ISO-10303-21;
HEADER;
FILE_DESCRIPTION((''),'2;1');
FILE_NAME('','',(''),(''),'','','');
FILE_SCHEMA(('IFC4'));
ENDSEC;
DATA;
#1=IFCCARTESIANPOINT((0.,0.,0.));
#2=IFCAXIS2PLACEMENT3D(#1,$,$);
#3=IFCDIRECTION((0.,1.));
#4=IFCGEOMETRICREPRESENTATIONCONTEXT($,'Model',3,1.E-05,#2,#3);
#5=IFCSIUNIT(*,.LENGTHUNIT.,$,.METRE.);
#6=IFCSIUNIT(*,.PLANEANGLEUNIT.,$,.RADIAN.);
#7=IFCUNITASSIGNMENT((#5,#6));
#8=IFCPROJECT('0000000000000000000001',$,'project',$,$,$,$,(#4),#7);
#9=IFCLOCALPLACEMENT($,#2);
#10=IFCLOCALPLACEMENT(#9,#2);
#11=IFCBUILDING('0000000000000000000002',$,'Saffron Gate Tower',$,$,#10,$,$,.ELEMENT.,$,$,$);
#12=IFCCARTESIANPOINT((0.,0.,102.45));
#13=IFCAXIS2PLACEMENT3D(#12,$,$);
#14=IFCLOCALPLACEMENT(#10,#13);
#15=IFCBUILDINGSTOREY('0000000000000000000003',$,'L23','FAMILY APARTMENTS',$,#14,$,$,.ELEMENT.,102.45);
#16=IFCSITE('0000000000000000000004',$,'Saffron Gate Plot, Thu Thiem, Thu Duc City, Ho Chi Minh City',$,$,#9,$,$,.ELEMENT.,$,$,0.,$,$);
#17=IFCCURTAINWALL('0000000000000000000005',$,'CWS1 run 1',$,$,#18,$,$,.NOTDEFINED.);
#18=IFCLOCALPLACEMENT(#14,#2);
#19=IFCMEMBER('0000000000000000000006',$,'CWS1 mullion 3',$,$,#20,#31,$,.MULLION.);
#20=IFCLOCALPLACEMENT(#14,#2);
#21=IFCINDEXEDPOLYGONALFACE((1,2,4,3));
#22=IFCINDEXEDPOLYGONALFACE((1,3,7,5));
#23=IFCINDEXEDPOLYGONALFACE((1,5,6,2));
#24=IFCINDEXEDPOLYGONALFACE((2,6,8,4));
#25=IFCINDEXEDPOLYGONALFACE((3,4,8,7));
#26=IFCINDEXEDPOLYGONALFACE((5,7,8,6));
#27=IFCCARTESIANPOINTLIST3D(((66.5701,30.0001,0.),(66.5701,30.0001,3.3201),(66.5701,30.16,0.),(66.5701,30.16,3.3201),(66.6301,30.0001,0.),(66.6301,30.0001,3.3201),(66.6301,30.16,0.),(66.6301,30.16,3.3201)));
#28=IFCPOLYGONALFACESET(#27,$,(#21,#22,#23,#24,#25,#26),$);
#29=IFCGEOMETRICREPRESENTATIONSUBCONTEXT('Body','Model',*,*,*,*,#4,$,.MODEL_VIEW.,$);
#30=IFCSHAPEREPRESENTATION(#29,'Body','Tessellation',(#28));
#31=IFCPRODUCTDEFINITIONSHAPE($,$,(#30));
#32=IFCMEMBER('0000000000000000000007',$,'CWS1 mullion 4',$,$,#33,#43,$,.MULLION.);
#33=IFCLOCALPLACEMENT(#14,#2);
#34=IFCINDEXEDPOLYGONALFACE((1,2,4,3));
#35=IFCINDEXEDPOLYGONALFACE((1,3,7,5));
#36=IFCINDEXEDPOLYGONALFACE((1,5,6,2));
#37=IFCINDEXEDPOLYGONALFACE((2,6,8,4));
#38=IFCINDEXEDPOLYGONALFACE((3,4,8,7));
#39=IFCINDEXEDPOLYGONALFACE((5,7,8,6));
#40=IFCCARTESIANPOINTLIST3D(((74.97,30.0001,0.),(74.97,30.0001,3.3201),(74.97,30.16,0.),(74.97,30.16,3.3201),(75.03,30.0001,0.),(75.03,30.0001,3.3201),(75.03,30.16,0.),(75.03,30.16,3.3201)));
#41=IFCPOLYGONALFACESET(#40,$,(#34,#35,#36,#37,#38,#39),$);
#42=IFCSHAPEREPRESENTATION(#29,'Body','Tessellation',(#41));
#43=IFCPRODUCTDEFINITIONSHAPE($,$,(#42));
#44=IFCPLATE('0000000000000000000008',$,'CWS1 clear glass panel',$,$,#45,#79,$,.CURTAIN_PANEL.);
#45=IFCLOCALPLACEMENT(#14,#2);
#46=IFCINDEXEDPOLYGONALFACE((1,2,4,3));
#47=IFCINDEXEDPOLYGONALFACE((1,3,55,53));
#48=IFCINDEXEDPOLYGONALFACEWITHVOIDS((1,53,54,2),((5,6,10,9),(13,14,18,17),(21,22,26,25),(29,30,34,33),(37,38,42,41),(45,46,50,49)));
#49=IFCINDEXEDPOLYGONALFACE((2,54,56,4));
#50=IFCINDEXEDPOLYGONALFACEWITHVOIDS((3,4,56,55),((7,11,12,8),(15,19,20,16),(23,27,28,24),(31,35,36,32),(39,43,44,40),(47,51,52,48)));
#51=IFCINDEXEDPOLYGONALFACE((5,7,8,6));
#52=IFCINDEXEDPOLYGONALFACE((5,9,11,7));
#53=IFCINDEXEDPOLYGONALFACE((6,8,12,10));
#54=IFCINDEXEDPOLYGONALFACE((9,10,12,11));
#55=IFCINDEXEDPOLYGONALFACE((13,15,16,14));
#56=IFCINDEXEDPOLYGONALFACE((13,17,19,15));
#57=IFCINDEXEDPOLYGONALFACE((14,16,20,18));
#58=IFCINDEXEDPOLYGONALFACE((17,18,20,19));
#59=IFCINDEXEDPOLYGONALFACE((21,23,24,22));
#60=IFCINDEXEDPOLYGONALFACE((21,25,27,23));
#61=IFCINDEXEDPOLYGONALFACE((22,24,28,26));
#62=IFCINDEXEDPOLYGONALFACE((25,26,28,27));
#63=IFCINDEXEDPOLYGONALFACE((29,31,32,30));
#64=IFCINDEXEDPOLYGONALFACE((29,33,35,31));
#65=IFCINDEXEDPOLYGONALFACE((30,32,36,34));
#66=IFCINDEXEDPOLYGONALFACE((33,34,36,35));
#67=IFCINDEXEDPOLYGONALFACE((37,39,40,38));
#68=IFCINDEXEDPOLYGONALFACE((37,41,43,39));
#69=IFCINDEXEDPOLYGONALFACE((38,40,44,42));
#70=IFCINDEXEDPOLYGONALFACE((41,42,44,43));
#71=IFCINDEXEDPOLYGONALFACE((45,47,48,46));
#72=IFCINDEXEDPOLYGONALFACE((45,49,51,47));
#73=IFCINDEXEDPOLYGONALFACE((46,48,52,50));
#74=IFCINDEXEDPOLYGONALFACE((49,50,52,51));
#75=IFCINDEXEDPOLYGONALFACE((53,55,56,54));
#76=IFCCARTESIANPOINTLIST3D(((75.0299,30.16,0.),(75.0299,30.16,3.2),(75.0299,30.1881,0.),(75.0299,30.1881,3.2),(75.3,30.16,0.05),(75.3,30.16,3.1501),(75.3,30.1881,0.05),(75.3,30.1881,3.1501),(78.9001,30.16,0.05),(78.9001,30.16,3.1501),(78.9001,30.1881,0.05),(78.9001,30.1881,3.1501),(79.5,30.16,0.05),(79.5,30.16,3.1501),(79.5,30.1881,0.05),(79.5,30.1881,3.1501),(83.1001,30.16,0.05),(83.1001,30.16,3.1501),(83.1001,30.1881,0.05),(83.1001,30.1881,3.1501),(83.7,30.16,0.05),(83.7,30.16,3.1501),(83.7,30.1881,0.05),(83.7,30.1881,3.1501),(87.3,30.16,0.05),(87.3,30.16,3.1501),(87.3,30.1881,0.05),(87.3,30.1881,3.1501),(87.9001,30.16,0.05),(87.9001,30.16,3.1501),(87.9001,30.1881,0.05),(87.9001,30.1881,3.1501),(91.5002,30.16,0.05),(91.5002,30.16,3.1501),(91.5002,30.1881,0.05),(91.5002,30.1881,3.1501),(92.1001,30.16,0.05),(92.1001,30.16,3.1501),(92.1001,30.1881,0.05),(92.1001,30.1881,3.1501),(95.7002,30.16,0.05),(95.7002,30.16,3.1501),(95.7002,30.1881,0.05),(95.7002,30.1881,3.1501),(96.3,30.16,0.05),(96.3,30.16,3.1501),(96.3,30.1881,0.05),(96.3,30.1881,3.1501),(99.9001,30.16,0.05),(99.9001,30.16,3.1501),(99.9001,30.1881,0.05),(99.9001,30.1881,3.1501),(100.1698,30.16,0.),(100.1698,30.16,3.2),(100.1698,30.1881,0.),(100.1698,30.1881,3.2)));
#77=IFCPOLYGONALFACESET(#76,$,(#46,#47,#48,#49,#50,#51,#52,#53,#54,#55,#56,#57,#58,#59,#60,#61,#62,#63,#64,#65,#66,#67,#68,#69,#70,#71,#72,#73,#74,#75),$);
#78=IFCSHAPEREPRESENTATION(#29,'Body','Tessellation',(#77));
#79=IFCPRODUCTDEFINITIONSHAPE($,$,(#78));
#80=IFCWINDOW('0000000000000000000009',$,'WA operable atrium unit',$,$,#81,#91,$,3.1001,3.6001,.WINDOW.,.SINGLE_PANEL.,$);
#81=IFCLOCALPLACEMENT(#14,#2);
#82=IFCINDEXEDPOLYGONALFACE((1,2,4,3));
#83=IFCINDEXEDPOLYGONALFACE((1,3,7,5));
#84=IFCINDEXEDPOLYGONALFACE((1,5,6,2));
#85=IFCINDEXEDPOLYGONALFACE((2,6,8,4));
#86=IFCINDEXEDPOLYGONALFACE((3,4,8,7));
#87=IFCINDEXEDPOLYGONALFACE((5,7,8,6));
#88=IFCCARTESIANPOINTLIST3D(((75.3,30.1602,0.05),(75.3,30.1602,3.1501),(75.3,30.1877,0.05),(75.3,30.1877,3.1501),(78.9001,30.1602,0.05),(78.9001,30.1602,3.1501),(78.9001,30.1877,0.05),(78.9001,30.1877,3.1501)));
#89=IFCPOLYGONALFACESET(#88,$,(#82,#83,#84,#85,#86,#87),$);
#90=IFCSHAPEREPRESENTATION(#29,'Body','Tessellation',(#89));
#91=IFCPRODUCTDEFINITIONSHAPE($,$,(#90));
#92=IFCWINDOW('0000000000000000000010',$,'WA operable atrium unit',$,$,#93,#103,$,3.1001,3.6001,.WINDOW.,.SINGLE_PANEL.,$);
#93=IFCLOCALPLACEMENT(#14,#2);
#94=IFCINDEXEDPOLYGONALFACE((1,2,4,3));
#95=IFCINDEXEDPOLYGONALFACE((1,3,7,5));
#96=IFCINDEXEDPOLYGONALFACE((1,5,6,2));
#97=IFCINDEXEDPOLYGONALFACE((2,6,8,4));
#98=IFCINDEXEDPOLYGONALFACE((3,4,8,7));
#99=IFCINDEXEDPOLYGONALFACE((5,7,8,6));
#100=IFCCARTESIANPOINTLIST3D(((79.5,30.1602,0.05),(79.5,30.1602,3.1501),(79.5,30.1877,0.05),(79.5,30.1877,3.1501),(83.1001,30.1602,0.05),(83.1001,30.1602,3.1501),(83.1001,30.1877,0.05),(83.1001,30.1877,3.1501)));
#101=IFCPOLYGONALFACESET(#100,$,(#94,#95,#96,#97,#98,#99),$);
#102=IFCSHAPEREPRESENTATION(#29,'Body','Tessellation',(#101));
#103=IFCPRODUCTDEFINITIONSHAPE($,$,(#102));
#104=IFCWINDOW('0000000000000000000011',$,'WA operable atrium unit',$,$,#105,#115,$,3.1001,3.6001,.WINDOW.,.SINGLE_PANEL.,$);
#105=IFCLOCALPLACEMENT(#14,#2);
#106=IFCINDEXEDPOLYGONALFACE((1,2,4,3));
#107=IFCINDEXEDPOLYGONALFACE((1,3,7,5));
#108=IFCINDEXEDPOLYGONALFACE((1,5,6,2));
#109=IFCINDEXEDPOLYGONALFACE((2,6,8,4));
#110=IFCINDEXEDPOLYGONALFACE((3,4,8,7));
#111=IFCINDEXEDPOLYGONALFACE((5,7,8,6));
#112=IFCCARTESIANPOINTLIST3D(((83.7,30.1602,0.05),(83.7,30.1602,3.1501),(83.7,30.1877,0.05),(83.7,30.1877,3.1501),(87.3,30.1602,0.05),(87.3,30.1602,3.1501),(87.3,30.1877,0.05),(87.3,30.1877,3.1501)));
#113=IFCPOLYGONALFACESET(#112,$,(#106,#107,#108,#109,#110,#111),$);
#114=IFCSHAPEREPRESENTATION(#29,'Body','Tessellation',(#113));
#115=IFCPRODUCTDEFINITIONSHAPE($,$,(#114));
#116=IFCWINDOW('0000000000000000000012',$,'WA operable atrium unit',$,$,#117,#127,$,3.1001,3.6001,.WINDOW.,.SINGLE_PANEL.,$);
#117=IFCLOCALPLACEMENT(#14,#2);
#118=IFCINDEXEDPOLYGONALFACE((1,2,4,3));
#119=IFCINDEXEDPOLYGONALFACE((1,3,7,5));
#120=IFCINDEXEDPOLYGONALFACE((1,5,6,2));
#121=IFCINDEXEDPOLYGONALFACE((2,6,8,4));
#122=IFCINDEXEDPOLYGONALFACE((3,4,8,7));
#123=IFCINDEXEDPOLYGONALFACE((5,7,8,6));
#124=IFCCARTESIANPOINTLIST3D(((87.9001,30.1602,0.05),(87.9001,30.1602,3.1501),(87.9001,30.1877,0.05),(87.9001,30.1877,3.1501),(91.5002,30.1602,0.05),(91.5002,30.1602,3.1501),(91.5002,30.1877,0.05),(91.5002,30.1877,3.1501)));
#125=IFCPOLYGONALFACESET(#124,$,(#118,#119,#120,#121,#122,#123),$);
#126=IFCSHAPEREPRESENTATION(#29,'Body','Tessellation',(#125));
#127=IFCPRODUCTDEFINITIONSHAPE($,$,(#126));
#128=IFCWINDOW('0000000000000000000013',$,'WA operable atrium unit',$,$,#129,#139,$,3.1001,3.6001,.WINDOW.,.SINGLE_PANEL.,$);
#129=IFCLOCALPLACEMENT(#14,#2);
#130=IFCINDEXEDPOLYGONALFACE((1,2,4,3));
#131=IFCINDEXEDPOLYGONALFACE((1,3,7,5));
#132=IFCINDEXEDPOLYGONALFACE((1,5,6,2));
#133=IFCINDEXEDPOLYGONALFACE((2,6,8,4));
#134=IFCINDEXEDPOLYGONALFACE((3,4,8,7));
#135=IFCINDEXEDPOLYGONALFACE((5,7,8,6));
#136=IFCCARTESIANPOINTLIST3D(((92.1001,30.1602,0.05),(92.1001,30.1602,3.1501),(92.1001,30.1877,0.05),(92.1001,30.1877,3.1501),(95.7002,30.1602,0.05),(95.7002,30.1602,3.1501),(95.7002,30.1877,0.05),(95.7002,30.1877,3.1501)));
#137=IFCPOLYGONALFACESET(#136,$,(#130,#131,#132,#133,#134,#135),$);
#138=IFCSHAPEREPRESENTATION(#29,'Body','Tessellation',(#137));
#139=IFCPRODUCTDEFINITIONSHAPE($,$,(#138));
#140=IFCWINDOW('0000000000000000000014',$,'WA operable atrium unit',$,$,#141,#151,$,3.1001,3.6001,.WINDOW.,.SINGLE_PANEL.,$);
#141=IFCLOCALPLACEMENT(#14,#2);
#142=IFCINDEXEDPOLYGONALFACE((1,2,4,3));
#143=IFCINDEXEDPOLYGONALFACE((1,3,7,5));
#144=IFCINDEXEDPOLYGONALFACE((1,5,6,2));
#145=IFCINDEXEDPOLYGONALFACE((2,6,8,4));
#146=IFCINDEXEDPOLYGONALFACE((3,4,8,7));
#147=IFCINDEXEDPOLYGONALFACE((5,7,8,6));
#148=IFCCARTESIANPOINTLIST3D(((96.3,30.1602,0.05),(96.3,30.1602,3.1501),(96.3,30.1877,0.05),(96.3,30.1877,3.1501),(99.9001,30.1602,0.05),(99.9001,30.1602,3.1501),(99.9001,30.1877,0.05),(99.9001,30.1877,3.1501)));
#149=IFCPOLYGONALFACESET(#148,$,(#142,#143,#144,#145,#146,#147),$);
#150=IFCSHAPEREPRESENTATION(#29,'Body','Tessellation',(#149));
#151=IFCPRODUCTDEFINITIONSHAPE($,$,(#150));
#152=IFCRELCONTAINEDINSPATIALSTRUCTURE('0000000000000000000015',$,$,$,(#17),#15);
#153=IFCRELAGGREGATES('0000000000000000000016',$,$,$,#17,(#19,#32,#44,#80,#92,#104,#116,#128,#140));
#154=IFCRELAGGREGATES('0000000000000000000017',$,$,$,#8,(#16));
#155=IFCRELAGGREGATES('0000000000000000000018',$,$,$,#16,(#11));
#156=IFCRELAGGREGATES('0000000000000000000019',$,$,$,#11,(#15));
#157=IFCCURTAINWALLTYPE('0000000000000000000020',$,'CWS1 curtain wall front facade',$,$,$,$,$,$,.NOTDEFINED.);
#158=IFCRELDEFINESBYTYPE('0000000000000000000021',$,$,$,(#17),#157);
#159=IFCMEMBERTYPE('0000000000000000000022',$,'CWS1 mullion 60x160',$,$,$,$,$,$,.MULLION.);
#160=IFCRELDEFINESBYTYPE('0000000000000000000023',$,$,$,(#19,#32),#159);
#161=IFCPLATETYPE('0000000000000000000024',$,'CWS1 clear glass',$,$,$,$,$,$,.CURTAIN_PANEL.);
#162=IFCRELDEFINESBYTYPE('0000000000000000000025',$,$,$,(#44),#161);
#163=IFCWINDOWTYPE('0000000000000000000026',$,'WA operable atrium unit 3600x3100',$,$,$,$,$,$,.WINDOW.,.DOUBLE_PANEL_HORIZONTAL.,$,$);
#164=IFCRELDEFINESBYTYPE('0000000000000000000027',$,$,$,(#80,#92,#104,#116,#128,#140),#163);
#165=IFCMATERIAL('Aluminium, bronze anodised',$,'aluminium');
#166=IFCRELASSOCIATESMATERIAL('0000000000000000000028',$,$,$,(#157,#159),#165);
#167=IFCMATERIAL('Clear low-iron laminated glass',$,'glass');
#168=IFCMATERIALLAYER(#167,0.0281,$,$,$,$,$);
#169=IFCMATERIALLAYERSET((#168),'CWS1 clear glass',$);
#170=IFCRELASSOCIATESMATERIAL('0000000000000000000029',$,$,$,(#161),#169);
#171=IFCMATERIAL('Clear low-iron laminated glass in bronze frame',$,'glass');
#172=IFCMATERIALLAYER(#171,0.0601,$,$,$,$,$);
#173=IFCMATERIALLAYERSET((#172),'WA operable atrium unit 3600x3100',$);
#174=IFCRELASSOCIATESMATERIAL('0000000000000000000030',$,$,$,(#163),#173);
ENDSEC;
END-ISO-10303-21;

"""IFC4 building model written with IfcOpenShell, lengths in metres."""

from ifc_helpers import new_model, si_unit, direction, frame, frame_2d, origin, origin_2d, place, context, subcontext, project, spatial, rectangle, extrude, material, layer, layer_set, material_profile, profile_set, type_object, element, fill, aggregate, save


model = new_model("IFC4")

# Units and contexts
model_context = context("Model", 3, precision=1e-05, world=origin(), true_north=direction((0.0, 1.0)))
body_context = subcontext(model_context, "Body", "Model", "MODEL_VIEW")
ifc_project = project(units=[si_unit("LENGTHUNIT", "METRE"), si_unit("PLANEANGLEUNIT", "RADIAN")], contexts=[model_context])

# Site, building, storey
site_placement = place(None, origin())
site = spatial("IfcSite", under=ifc_project, at=site_placement, Name="Saffron Gate Plot, Thu Thiem, Thu Duc City, Ho Chi Minh City", CompositionType="ELEMENT", RefElevation=0.0)
building_placement = place(site_placement, origin())
building = spatial("IfcBuilding", under=site, at=building_placement, Name="Saffron Gate Tower", CompositionType="ELEMENT")
storey_placement = place(building_placement, frame((0.0, 0.0, 102.45)))
storey = spatial("IfcBuildingStorey", under=building, at=storey_placement, Name="L23", Description="FAMILY APARTMENTS", CompositionType="ELEMENT", Elevation=102.45)

# Curtain wall, members, plate, openings, windows
ifc_material_1 = material(Name="Aluminium, bronze anodised", Category="aluminium")
curtain_wall_type = type_object("IfcCurtainWallType", Name="CWS1 curtain wall front facade", PredefinedType="NOTDEFINED", material=ifc_material_1)
curtain_wall_placement = place(storey_placement, origin())
curtain_wall = element("IfcCurtainWall", 1, at=curtain_wall_placement, inside=storey, type_object=curtain_wall_type, Name="CWS1 run 1", PredefinedType="NOTDEFINED")
ifc_material_profile_1 = material_profile(ifc_material_1, rectangle(XDim=0.1599, YDim=0.0601, at=origin_2d()))
ifc_profile_set_1 = profile_set([ifc_material_profile_1], Name="Aluminium, bronze anodised")
member_type = type_object("IfcMemberType", Name="CWS1 mullion 60x160", PredefinedType="MULLION", material=ifc_profile_set_1)
member_1_placement = place(storey_placement, frame((66.6001, 30.0801, 0.0), z_axis=(0.0, 0.0, 1.0), x_axis=(0.0, 1.0, 0.0)))
member_1 = element("IfcMember", 2, at=member_1_placement, type_object=member_type, Name="CWS1 mullion 3", PredefinedType="MULLION", context=body_context, shape_type="SweptSolid", body=[
    extrude(rectangle(XDim=0.1599, YDim=0.0601, at=origin_2d()), origin(), (0.0, 0.0, 1.0), 3.3201),
])
member_2_placement = place(storey_placement, frame((75.0, 30.0801, 0.0), z_axis=(0.0, 0.0, 1.0), x_axis=(0.0, 1.0, 0.0)))
member_2 = element("IfcMember", 3, at=member_2_placement, type_object=member_type, Name="CWS1 mullion 4", PredefinedType="MULLION", context=body_context, shape_type="SweptSolid", body=[
    extrude(rectangle(XDim=0.1599, YDim=0.0601, at=origin_2d()), origin(), (0.0, 0.0, 1.0), 3.3201),
])
ifc_material_2 = material(Name="Clear low-iron laminated glass", Category="glass")
ifc_layer_1 = layer(ifc_material_2, 0.0281)
ifc_layer_set_1 = layer_set([ifc_layer_1], Name="CWS1 clear glass")
plate_type = type_object("IfcPlateType", Name="CWS1 clear glass", PredefinedType="CURTAIN_PANEL", material=ifc_layer_set_1)
plate_placement = place(storey_placement, frame((75.03, 30.1741, 0.0), z_axis=(0.0, 0.0, 1.0), x_axis=(1.0, 0.0, 0.0)))
plate = element("IfcPlate", 4, at=plate_placement, type_object=plate_type, Name="CWS1 clear glass panel", PredefinedType="CURTAIN_PANEL", context=body_context, shape_type="SweptSolid", body=[
    extrude(rectangle(XDim=25.1399, YDim=0.0281, at=frame_2d((12.5698, 0.0))), origin(), (0.0, 0.0, 1.0), 3.2),
])
opening_1_placement = place(plate_placement, frame((0.27, 0.0, 0.05)))
opening_1 = element("IfcOpeningElement", 5, at=opening_1_placement, cuts=plate, PredefinedType="OPENING", context=body_context, shape_type="SweptSolid", body=[
    extrude(rectangle(XDim=3.6001, YDim=3.1001, at=frame_2d((1.8, 1.55))), frame((0.0, 0.0239, 0.0), z_axis=(0.0, -1.0, 0.0), x_axis=(1.0, 0.0, 0.0)), (0.0, 0.0, 1.0), 0.0481),
])
opening_2_placement = place(plate_placement, frame((4.47, 0.0, 0.05)))
opening_2 = element("IfcOpeningElement", 6, at=opening_2_placement, cuts=plate, PredefinedType="OPENING", context=body_context, shape_type="SweptSolid", body=[
    extrude(rectangle(XDim=3.6001, YDim=3.1001, at=frame_2d((1.8, 1.55))), frame((0.0, 0.0239, 0.0), z_axis=(0.0, -1.0, 0.0), x_axis=(1.0, 0.0, 0.0)), (0.0, 0.0, 1.0), 0.0481),
])
opening_3_placement = place(plate_placement, frame((8.6699, 0.0, 0.05)))
opening_3 = element("IfcOpeningElement", 7, at=opening_3_placement, cuts=plate, PredefinedType="OPENING", context=body_context, shape_type="SweptSolid", body=[
    extrude(rectangle(XDim=3.6001, YDim=3.1001, at=frame_2d((1.8, 1.55))), frame((0.0, 0.0239, 0.0), z_axis=(0.0, -1.0, 0.0), x_axis=(1.0, 0.0, 0.0)), (0.0, 0.0, 1.0), 0.0481),
])
opening_4_placement = place(plate_placement, frame((12.8701, 0.0, 0.05)))
opening_4 = element("IfcOpeningElement", 8, at=opening_4_placement, cuts=plate, PredefinedType="OPENING", context=body_context, shape_type="SweptSolid", body=[
    extrude(rectangle(XDim=3.6001, YDim=3.1001, at=frame_2d((1.8, 1.55))), frame((0.0, 0.0239, 0.0), z_axis=(0.0, -1.0, 0.0), x_axis=(1.0, 0.0, 0.0)), (0.0, 0.0, 1.0), 0.0481),
])
opening_5_placement = place(plate_placement, frame((17.0701, 0.0, 0.05)))
opening_5 = element("IfcOpeningElement", 9, at=opening_5_placement, cuts=plate, PredefinedType="OPENING", context=body_context, shape_type="SweptSolid", body=[
    extrude(rectangle(XDim=3.6001, YDim=3.1001, at=frame_2d((1.8, 1.55))), frame((0.0, 0.0239, 0.0), z_axis=(0.0, -1.0, 0.0), x_axis=(1.0, 0.0, 0.0)), (0.0, 0.0, 1.0), 0.0481),
])
opening_6_placement = place(plate_placement, frame((21.27, 0.0, 0.05)))
opening_6 = element("IfcOpeningElement", 10, at=opening_6_placement, cuts=plate, PredefinedType="OPENING", context=body_context, shape_type="SweptSolid", body=[
    extrude(rectangle(XDim=3.6001, YDim=3.1001, at=frame_2d((1.8, 1.55))), frame((0.0, 0.0239, 0.0), z_axis=(0.0, -1.0, 0.0), x_axis=(1.0, 0.0, 0.0)), (0.0, 0.0, 1.0), 0.0481),
])
ifc_material_3 = material(Name="Clear low-iron laminated glass in bronze frame", Category="glass")
ifc_layer_2 = layer(ifc_material_3, 0.0601)
ifc_layer_set_2 = layer_set([ifc_layer_2], Name="WA operable atrium unit 3600x3100")
window_type = type_object("IfcWindowType", Name="WA operable atrium unit 3600x3100", PartitioningType="DOUBLE_PANEL_HORIZONTAL", PredefinedType="WINDOW", material=ifc_layer_set_2)
window_1_placement = place(opening_1_placement, origin())
window_1 = element("IfcWindow", 11, at=window_1_placement, type_object=window_type, Name="WA operable atrium unit", OverallHeight=3.1001, OverallWidth=3.6001, PartitioningType="SINGLE_PANEL", PredefinedType="WINDOW", context=body_context, shape_type="SweptSolid", body=[
    extrude(rectangle(XDim=3.6001, YDim=3.1001, at=frame_2d((1.8, 1.55))), frame((0.0, 0.0137, 0.0), z_axis=(0.0, -1.0, 0.0), x_axis=(1.0, 0.0, 0.0)), (0.0, 0.0, 1.0), 0.0276),
])
fill(opening_1, window_1)
window_2_placement = place(opening_2_placement, origin())
window_2 = element("IfcWindow", 12, at=window_2_placement, type_object=window_type, Name="WA operable atrium unit", OverallHeight=3.1001, OverallWidth=3.6001, PartitioningType="SINGLE_PANEL", PredefinedType="WINDOW", context=body_context, shape_type="SweptSolid", body=[
    extrude(rectangle(XDim=3.6001, YDim=3.1001, at=frame_2d((1.8, 1.55))), frame((0.0, 0.0137, 0.0), z_axis=(0.0, -1.0, 0.0), x_axis=(1.0, 0.0, 0.0)), (0.0, 0.0, 1.0), 0.0276),
])
fill(opening_2, window_2)
window_3_placement = place(opening_3_placement, origin())
window_3 = element("IfcWindow", 13, at=window_3_placement, type_object=window_type, Name="WA operable atrium unit", OverallHeight=3.1001, OverallWidth=3.6001, PartitioningType="SINGLE_PANEL", PredefinedType="WINDOW", context=body_context, shape_type="SweptSolid", body=[
    extrude(rectangle(XDim=3.6001, YDim=3.1001, at=frame_2d((1.8, 1.55))), frame((0.0, 0.0137, 0.0), z_axis=(0.0, -1.0, 0.0), x_axis=(1.0, 0.0, 0.0)), (0.0, 0.0, 1.0), 0.0276),
])
fill(opening_3, window_3)
window_4_placement = place(opening_4_placement, origin())
window_4 = element("IfcWindow", 14, at=window_4_placement, type_object=window_type, Name="WA operable atrium unit", OverallHeight=3.1001, OverallWidth=3.6001, PartitioningType="SINGLE_PANEL", PredefinedType="WINDOW", context=body_context, shape_type="SweptSolid", body=[
    extrude(rectangle(XDim=3.6001, YDim=3.1001, at=frame_2d((1.8, 1.55))), frame((0.0, 0.0137, 0.0), z_axis=(0.0, -1.0, 0.0), x_axis=(1.0, 0.0, 0.0)), (0.0, 0.0, 1.0), 0.0276),
])
fill(opening_4, window_4)
window_5_placement = place(opening_5_placement, origin())
window_5 = element("IfcWindow", 15, at=window_5_placement, type_object=window_type, Name="WA operable atrium unit", OverallHeight=3.1001, OverallWidth=3.6001, PartitioningType="SINGLE_PANEL", PredefinedType="WINDOW", context=body_context, shape_type="SweptSolid", body=[
    extrude(rectangle(XDim=3.6001, YDim=3.1001, at=frame_2d((1.8, 1.55))), frame((0.0, 0.0137, 0.0), z_axis=(0.0, -1.0, 0.0), x_axis=(1.0, 0.0, 0.0)), (0.0, 0.0, 1.0), 0.0276),
])
fill(opening_5, window_5)
window_6_placement = place(opening_6_placement, origin())
window_6 = element("IfcWindow", 16, at=window_6_placement, type_object=window_type, Name="WA operable atrium unit", OverallHeight=3.1001, OverallWidth=3.6001, PartitioningType="SINGLE_PANEL", PredefinedType="WINDOW", context=body_context, shape_type="SweptSolid", body=[
    extrude(rectangle(XDim=3.6001, YDim=3.1001, at=frame_2d((1.8, 1.55))), frame((0.0, 0.0137, 0.0), z_axis=(0.0, -1.0, 0.0), x_axis=(1.0, 0.0, 0.0)), (0.0, 0.0, 1.0), 0.0276),
])
fill(opening_6, window_6)
aggregate(curtain_wall, [member_1, member_2, plate, window_1, window_2, window_3, window_4, window_5, window_6])

save(model, "model.ifc")
